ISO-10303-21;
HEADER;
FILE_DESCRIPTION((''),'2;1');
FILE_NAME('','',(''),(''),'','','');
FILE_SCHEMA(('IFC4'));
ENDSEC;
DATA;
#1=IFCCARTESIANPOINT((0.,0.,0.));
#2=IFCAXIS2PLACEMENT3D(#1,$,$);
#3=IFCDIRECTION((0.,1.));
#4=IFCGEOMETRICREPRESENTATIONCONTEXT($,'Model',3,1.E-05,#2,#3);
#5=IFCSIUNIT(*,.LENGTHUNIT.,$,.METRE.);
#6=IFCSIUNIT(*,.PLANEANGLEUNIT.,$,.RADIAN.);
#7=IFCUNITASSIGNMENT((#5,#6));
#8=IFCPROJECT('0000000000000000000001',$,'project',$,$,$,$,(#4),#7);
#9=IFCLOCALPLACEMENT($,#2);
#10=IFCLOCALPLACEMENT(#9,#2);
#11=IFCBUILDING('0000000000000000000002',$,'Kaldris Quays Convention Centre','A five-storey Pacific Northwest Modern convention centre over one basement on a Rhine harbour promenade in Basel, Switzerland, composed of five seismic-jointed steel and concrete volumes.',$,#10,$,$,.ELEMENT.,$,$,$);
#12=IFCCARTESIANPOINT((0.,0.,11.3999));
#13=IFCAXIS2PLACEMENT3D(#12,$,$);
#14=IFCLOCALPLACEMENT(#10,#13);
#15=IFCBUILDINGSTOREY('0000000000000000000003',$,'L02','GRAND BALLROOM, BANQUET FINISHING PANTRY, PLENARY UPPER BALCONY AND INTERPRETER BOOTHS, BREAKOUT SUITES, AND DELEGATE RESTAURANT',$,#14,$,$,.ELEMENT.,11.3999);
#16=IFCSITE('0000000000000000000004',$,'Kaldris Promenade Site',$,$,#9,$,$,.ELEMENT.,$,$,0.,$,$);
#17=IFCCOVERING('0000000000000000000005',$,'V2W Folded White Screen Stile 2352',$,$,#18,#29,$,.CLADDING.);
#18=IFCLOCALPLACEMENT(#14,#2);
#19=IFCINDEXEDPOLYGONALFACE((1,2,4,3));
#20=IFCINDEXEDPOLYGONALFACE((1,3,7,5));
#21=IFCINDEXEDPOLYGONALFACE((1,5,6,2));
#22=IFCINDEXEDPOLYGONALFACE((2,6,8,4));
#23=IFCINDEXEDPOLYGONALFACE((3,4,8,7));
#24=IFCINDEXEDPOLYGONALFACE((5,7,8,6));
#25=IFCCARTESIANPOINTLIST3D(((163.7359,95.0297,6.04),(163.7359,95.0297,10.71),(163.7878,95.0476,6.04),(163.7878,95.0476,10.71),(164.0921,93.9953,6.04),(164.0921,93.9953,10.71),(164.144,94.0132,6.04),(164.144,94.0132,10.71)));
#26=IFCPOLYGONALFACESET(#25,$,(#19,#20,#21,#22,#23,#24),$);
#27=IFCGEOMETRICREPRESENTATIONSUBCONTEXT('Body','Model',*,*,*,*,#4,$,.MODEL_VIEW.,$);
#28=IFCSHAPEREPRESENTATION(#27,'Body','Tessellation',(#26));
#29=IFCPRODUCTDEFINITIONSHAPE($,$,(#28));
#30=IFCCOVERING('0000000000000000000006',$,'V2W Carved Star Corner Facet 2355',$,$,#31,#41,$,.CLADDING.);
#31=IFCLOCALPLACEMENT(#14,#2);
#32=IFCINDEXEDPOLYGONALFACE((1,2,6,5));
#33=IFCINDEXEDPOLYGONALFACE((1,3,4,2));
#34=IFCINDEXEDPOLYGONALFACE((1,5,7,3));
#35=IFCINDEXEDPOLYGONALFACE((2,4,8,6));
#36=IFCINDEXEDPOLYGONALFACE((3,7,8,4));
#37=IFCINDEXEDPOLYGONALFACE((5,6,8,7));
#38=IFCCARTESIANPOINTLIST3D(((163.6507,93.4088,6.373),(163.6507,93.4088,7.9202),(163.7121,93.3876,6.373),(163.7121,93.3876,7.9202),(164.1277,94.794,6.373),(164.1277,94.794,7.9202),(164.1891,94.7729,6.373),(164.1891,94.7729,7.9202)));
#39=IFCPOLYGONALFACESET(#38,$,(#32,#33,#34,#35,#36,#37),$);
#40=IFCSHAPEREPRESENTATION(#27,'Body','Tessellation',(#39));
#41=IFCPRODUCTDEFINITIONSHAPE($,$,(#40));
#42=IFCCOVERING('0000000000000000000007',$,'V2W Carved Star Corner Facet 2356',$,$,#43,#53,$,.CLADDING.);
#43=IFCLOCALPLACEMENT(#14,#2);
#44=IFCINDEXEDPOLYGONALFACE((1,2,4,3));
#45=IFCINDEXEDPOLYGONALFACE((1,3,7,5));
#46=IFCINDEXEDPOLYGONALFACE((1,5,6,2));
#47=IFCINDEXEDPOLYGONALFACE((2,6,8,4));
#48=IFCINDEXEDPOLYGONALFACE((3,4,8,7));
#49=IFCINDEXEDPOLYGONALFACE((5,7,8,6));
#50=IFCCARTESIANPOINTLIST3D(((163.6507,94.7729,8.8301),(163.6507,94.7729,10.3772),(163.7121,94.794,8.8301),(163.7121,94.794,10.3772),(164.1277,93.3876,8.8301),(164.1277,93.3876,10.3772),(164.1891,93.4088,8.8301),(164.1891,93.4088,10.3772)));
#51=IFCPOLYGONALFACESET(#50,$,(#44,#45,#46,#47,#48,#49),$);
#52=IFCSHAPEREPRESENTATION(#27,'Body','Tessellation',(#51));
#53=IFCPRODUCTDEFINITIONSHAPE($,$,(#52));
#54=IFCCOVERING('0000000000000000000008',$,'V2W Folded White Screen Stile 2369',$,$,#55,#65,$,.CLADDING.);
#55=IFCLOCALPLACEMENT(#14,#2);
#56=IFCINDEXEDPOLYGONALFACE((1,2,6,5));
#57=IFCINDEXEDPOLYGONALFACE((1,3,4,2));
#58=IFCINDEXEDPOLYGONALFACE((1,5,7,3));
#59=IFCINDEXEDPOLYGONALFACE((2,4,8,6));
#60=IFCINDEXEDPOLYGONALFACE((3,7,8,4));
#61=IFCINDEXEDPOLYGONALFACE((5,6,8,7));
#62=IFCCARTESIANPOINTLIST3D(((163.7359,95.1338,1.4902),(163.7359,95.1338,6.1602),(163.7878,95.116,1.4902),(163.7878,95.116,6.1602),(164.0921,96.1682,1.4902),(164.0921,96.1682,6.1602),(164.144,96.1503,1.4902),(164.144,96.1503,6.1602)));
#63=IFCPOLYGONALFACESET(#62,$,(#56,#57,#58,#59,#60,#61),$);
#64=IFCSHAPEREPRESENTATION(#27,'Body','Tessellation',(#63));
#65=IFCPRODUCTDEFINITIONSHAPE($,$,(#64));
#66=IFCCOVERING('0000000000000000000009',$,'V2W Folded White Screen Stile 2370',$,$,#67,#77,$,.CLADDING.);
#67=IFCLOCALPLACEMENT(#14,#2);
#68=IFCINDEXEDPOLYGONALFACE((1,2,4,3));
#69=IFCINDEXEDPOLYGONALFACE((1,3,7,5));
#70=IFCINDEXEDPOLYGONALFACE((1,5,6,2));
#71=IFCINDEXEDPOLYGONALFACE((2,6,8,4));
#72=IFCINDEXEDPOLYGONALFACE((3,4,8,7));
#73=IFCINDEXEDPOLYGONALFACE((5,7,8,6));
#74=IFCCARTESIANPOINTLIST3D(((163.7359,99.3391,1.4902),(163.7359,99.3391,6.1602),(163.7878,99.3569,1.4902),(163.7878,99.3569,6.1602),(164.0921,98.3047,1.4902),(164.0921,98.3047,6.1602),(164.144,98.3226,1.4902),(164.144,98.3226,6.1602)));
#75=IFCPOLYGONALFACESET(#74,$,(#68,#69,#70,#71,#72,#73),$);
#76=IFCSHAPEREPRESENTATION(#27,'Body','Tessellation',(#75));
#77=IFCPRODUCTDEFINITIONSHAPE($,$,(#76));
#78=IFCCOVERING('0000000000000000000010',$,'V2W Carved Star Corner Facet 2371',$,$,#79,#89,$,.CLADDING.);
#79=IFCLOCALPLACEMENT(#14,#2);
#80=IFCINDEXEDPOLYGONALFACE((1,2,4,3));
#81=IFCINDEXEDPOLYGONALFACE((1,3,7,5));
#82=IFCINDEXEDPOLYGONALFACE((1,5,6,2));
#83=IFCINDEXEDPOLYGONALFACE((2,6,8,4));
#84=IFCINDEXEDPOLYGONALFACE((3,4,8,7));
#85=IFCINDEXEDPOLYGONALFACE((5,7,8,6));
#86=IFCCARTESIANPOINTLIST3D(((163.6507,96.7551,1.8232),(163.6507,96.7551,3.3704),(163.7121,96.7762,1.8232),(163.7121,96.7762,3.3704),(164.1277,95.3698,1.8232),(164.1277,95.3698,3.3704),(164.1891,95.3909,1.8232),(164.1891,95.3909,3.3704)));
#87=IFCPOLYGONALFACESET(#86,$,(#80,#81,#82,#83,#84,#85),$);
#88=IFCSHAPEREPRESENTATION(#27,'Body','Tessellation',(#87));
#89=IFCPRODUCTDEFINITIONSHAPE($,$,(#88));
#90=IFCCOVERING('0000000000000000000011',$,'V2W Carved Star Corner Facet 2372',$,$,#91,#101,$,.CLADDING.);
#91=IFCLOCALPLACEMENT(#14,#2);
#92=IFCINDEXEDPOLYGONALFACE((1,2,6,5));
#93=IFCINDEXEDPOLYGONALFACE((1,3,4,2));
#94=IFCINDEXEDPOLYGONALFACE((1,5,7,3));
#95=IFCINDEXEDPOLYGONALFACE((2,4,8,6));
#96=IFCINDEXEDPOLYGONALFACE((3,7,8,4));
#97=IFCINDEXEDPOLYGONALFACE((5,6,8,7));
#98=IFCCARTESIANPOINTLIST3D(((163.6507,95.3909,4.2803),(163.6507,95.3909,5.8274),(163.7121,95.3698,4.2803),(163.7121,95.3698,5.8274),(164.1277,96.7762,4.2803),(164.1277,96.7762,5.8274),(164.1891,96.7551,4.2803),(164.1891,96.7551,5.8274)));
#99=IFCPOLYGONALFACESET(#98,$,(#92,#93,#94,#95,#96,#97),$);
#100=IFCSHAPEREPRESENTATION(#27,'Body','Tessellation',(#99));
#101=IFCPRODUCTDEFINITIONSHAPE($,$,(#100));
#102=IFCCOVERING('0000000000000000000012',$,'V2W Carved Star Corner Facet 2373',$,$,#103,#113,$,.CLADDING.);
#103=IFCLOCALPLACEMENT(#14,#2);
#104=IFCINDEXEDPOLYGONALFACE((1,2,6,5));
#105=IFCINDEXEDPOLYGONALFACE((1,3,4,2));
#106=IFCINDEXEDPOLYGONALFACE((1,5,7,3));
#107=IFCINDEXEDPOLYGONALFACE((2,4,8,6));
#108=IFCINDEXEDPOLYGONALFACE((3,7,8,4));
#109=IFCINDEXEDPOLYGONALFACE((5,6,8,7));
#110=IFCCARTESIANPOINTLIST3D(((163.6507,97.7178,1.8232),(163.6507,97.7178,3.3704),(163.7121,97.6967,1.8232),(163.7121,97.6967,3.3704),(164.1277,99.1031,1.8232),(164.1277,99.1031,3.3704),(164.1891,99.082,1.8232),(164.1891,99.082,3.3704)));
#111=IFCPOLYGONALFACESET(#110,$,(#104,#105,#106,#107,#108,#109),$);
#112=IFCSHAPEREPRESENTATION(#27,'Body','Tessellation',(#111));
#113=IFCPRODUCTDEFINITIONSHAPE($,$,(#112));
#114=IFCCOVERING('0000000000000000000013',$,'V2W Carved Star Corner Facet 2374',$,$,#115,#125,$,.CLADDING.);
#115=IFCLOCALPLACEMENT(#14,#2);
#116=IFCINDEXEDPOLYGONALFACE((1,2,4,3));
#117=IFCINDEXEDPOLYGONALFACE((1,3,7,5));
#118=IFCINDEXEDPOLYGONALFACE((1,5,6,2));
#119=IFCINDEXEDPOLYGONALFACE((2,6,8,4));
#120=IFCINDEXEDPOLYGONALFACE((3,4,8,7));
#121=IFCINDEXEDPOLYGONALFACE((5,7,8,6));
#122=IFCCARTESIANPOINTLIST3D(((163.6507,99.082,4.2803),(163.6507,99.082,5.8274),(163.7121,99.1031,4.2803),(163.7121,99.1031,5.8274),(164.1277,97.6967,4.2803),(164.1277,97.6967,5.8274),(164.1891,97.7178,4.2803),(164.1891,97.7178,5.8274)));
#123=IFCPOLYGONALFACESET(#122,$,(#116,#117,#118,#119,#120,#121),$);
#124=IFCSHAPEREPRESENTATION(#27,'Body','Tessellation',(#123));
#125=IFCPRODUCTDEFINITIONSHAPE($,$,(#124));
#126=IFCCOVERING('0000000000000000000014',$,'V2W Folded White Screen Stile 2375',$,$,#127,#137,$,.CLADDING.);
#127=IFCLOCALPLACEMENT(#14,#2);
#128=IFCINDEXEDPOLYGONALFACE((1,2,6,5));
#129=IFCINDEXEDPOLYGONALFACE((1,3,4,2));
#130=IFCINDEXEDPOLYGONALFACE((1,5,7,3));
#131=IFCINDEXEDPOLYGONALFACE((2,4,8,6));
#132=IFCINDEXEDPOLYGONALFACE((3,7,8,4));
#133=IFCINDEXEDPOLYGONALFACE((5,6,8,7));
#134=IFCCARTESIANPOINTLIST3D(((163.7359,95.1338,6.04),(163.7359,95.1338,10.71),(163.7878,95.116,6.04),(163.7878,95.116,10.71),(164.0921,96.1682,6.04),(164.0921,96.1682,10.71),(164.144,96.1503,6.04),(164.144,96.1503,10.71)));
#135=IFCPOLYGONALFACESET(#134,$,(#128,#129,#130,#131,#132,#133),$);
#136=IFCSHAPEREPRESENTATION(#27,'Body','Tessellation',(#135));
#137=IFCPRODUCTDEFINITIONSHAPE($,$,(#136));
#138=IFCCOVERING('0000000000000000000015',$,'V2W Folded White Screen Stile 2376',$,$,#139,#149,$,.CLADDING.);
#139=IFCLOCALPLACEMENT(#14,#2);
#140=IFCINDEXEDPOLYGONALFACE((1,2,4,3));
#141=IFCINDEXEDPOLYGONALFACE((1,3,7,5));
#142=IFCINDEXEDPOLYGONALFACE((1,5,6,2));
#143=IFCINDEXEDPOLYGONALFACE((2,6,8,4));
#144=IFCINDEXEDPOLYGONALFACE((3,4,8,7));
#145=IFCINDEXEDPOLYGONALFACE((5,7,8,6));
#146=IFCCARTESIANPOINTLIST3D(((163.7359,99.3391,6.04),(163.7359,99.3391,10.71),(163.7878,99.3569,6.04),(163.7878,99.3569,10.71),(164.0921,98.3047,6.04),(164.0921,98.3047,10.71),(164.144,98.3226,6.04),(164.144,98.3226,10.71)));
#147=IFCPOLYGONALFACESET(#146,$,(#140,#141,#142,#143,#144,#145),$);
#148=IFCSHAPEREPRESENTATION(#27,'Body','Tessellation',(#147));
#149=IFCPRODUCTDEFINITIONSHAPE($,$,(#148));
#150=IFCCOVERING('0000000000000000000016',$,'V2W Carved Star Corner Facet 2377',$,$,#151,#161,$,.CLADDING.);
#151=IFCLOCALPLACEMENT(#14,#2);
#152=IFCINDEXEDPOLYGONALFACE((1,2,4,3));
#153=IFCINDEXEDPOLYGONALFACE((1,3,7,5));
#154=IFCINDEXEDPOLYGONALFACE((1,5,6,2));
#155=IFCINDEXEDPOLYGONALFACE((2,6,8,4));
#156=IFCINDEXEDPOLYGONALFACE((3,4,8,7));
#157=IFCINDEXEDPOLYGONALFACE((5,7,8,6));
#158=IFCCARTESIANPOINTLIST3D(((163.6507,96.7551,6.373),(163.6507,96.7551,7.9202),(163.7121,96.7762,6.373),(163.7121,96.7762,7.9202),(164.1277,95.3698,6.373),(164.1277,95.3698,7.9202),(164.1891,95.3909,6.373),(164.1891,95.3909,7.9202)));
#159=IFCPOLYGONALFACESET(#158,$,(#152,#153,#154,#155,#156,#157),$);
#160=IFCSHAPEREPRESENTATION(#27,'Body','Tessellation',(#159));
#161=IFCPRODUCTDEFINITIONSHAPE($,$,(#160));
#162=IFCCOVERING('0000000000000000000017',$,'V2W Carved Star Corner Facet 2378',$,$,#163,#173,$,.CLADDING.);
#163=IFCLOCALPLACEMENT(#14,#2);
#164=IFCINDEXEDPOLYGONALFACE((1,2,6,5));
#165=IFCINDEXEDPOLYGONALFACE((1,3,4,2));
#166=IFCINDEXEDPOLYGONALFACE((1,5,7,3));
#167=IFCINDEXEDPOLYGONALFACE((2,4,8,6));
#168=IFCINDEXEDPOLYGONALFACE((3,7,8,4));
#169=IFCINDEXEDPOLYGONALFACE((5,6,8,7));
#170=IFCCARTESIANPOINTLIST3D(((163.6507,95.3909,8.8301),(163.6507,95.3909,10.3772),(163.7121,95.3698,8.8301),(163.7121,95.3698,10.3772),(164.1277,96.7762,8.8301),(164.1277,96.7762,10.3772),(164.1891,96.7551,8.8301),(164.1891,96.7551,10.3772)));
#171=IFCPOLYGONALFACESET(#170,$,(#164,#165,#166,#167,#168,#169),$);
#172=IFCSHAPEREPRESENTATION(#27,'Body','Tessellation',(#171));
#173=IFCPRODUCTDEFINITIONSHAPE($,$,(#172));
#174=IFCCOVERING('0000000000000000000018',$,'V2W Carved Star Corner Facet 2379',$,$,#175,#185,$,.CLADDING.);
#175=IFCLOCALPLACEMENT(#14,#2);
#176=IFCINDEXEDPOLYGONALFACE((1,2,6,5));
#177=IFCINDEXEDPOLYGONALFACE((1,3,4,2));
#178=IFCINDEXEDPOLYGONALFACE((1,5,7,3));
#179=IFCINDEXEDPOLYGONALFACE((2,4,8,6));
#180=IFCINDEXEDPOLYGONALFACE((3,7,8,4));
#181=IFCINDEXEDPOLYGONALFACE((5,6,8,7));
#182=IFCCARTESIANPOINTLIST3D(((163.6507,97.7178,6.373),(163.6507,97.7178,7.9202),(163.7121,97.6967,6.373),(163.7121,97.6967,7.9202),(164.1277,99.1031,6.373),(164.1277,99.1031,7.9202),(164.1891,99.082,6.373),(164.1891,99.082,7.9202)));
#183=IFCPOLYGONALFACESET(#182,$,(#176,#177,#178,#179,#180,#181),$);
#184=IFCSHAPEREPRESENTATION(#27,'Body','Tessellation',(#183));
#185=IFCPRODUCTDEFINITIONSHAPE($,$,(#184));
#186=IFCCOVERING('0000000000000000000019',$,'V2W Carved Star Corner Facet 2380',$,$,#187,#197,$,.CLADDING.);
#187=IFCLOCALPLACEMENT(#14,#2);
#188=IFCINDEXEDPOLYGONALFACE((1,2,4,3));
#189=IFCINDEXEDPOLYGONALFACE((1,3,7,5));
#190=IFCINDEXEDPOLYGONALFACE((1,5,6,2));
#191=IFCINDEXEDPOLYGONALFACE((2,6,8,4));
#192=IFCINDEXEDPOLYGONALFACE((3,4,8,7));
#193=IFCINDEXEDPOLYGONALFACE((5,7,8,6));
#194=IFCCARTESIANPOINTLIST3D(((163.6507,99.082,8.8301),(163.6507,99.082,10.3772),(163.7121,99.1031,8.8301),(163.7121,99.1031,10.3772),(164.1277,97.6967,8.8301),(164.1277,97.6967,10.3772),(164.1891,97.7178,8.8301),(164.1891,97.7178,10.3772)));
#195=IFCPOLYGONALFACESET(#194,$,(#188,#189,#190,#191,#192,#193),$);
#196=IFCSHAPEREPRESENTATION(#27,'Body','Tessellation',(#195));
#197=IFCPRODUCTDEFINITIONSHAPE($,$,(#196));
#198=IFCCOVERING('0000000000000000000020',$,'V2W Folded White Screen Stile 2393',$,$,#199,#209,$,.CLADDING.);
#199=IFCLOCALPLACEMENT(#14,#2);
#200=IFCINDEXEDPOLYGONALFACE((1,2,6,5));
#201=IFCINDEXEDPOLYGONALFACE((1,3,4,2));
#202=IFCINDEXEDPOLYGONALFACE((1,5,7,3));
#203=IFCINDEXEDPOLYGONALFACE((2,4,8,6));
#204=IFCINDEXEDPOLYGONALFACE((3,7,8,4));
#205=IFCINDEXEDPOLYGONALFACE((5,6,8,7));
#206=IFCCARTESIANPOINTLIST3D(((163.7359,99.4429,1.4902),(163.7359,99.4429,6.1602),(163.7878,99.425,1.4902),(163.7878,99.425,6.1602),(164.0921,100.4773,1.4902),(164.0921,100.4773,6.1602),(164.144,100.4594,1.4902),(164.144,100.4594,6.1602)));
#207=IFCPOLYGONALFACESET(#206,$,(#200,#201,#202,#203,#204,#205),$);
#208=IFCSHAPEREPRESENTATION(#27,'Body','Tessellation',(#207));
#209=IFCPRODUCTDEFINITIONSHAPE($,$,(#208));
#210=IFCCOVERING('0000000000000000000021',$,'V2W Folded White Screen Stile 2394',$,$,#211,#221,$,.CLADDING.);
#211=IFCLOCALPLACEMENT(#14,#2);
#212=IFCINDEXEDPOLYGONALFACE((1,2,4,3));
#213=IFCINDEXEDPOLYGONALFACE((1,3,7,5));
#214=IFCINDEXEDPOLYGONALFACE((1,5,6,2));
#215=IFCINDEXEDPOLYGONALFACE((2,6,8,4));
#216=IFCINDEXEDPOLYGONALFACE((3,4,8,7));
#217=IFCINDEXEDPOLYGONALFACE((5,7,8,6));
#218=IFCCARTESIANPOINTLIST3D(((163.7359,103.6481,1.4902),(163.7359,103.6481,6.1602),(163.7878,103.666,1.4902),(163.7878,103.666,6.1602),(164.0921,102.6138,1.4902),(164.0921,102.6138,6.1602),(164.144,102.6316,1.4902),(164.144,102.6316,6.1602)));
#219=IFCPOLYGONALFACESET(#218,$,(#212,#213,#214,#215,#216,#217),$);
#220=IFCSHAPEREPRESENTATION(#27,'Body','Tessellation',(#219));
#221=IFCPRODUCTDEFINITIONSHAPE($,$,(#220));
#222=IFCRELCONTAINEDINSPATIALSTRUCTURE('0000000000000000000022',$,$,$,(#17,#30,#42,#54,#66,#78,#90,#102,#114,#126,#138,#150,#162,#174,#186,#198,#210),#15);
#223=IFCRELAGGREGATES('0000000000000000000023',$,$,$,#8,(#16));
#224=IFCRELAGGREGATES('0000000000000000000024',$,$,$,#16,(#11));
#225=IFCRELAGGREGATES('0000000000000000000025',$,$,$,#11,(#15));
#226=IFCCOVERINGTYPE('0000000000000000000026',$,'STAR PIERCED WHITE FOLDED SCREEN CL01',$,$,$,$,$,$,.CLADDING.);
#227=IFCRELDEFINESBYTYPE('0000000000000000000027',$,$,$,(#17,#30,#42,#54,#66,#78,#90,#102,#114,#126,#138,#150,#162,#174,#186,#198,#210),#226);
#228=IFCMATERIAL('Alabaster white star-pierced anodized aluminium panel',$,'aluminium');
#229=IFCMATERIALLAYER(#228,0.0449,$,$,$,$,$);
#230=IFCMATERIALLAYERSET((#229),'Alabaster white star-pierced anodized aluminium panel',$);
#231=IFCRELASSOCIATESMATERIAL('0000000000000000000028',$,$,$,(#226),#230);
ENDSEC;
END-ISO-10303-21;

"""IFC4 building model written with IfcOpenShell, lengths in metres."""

from ifc_helpers import new_model, si_unit, direction, frame, origin, origin_2d, place, context, subcontext, project, spatial, rectangle, extrude, material, layer, layer_set, type_object, element, save


model = new_model("IFC4")

# Units and contexts
model_context = context("Model", 3, precision=1e-05, world=origin(), true_north=direction((0.0, 1.0)))
body_context = subcontext(model_context, "Body", "Model", "MODEL_VIEW")
ifc_project = project(units=[si_unit("LENGTHUNIT", "METRE"), si_unit("PLANEANGLEUNIT", "RADIAN")], contexts=[model_context])

# Site, building, storey
site_placement = place(None, origin())
site = spatial("IfcSite", under=ifc_project, at=site_placement, Name="Kaldris Promenade Site", CompositionType="ELEMENT", RefElevation=0.0)
building_placement = place(site_placement, origin())
building = spatial("IfcBuilding", under=site, at=building_placement, Name="Kaldris Quays Convention Centre", Description="A five-storey Pacific Northwest Modern convention centre over one basement on a Rhine harbour promenade in Basel, Switzerland, composed of five seismic-jointed steel and concrete volumes.", CompositionType="ELEMENT")
storey_placement = place(building_placement, frame((0.0, 0.0, 11.3999)))
storey = spatial("IfcBuildingStorey", under=building, at=storey_placement, Name="L02", Description="GRAND BALLROOM, BANQUET FINISHING PANTRY, PLENARY UPPER BALCONY AND INTERPRETER BOOTHS, BREAKOUT SUITES, AND DELEGATE RESTAURANT", CompositionType="ELEMENT", Elevation=11.3999)

# Coverings
ifc_material_1 = material(Name="Alabaster white star-pierced anodized aluminium panel", Category="aluminium")
ifc_layer_1 = layer(ifc_material_1, 0.0449)
ifc_layer_set_1 = layer_set([ifc_layer_1], Name="Alabaster white star-pierced anodized aluminium panel")
covering_type = type_object("IfcCoveringType", Name="STAR PIERCED WHITE FOLDED SCREEN CL01", PredefinedType="CLADDING", material=ifc_layer_set_1)
covering_1_placement = place(storey_placement, frame((163.9399, 94.5215, 6.04), z_axis=(0.0, 0.0, 1.0), x_axis=(-0.325568, 0.945519, 0.0)))
element("IfcCovering", 1, at=covering_1_placement, inside=storey, type_object=covering_type, Name="V2W Folded White Screen Stile 2352", PredefinedType="CLADDING", context=body_context, shape_type="SweptSolid", body=[
    extrude(rectangle(XDim=1.094, YDim=0.0549, at=origin_2d()), origin(), (0.0, 0.0, 1.0), 4.6699),
])
for number, where, z_axis, x_axis, name in (
    (2, (163.9199, 94.0908, 6.373), (0.0, 0.0, 1.0), (0.325568, 0.945519, 0.0), "V2W Carved Star Corner Facet 2355"),
    (3, (163.9199, 94.0908, 8.8301), (0.0, 0.0, 1.0), (-0.325568, 0.945519, 0.0), "V2W Carved Star Corner Facet 2356"),
):
    element("IfcCovering", number, at=place(storey_placement, frame(where, z_axis=z_axis, x_axis=x_axis)), inside=storey, type_object=covering_type, Name=name, PredefinedType="CLADDING", context=body_context, shape_type="SweptSolid", body=[
        extrude(rectangle(XDim=1.4651, YDim=0.0649, at=origin_2d()), origin(), (0.0, 0.0, 1.0), 1.5471),
    ])
for number, where, z_axis, x_axis, name in (
    (4, (163.9399, 95.6421, 1.4902), (0.0, 0.0, 1.0), (0.325568, 0.945519, 0.0), "V2W Folded White Screen Stile 2369"),
    (5, (163.9399, 98.8308, 1.4902), (0.0, 0.0, 1.0), (-0.325568, 0.945519, 0.0), "V2W Folded White Screen Stile 2370"),
):
    element("IfcCovering", number, at=place(storey_placement, frame(where, z_axis=z_axis, x_axis=x_axis)), inside=storey, type_object=covering_type, Name=name, PredefinedType="CLADDING", context=body_context, shape_type="SweptSolid", body=[
        extrude(rectangle(XDim=1.094, YDim=0.0549, at=origin_2d()), origin(), (0.0, 0.0, 1.0), 4.6699),
    ])
for number, where, z_axis, x_axis, name in (
    (6, (163.9199, 96.073, 1.8232), (0.0, 0.0, 1.0), (-0.325568, 0.945519, 0.0), "V2W Carved Star Corner Facet 2371"),
    (7, (163.9199, 96.073, 4.2803), (0.0, 0.0, 1.0), (0.325568, 0.945519, 0.0), "V2W Carved Star Corner Facet 2372"),
    (8, (163.9199, 98.3999, 1.8232), (0.0, 0.0, 1.0), (0.325568, 0.945519, 0.0), "V2W Carved Star Corner Facet 2373"),
    (9, (163.9199, 98.3999, 4.2803), (0.0, 0.0, 1.0), (-0.325568, 0.945519, 0.0), "V2W Carved Star Corner Facet 2374"),
):
    element("IfcCovering", number, at=place(storey_placement, frame(where, z_axis=z_axis, x_axis=x_axis)), inside=storey, type_object=covering_type, Name=name, PredefinedType="CLADDING", context=body_context, shape_type="SweptSolid", body=[
        extrude(rectangle(XDim=1.4651, YDim=0.0649, at=origin_2d()), origin(), (0.0, 0.0, 1.0), 1.5471),
    ])
for number, where, z_axis, x_axis, name in (
    (10, (163.9399, 95.6421, 6.04), (0.0, 0.0, 1.0), (0.325568, 0.945519, 0.0), "V2W Folded White Screen Stile 2375"),
    (11, (163.9399, 98.8308, 6.04), (0.0, 0.0, 1.0), (-0.325568, 0.945519, 0.0), "V2W Folded White Screen Stile 2376"),
):
    element("IfcCovering", number, at=place(storey_placement, frame(where, z_axis=z_axis, x_axis=x_axis)), inside=storey, type_object=covering_type, Name=name, PredefinedType="CLADDING", context=body_context, shape_type="SweptSolid", body=[
        extrude(rectangle(XDim=1.094, YDim=0.0549, at=origin_2d()), origin(), (0.0, 0.0, 1.0), 4.6699),
    ])
for number, where, z_axis, x_axis, name in (
    (12, (163.9199, 96.073, 6.373), (0.0, 0.0, 1.0), (-0.325568, 0.945519, 0.0), "V2W Carved Star Corner Facet 2377"),
    (13, (163.9199, 96.073, 8.8301), (0.0, 0.0, 1.0), (0.325568, 0.945519, 0.0), "V2W Carved Star Corner Facet 2378"),
    (14, (163.9199, 98.3999, 6.373), (0.0, 0.0, 1.0), (0.325568, 0.945519, 0.0), "V2W Carved Star Corner Facet 2379"),
    (15, (163.9199, 98.3999, 8.8301), (0.0, 0.0, 1.0), (-0.325568, 0.945519, 0.0), "V2W Carved Star Corner Facet 2380"),
):
    element("IfcCovering", number, at=place(storey_placement, frame(where, z_axis=z_axis, x_axis=x_axis)), inside=storey, type_object=covering_type, Name=name, PredefinedType="CLADDING", context=body_context, shape_type="SweptSolid", body=[
        extrude(rectangle(XDim=1.4651, YDim=0.0649, at=origin_2d()), origin(), (0.0, 0.0, 1.0), 1.5471),
    ])
for number, where, z_axis, x_axis, name in (
    (16, (163.9399, 99.9512, 1.4902), (0.0, 0.0, 1.0), (0.325568, 0.945519, 0.0), "V2W Folded White Screen Stile 2393"),
    (17, (163.9399, 103.1399, 1.4902), (0.0, 0.0, 1.0), (-0.325568, 0.945519, 0.0), "V2W Folded White Screen Stile 2394"),
):
    element("IfcCovering", number, at=place(storey_placement, frame(where, z_axis=z_axis, x_axis=x_axis)), inside=storey, type_object=covering_type, Name=name, PredefinedType="CLADDING", context=body_context, shape_type="SweptSolid", body=[
        extrude(rectangle(XDim=1.094, YDim=0.0549, at=origin_2d()), origin(), (0.0, 0.0, 1.0), 4.6699),
    ])

save(model, "model.ifc")
